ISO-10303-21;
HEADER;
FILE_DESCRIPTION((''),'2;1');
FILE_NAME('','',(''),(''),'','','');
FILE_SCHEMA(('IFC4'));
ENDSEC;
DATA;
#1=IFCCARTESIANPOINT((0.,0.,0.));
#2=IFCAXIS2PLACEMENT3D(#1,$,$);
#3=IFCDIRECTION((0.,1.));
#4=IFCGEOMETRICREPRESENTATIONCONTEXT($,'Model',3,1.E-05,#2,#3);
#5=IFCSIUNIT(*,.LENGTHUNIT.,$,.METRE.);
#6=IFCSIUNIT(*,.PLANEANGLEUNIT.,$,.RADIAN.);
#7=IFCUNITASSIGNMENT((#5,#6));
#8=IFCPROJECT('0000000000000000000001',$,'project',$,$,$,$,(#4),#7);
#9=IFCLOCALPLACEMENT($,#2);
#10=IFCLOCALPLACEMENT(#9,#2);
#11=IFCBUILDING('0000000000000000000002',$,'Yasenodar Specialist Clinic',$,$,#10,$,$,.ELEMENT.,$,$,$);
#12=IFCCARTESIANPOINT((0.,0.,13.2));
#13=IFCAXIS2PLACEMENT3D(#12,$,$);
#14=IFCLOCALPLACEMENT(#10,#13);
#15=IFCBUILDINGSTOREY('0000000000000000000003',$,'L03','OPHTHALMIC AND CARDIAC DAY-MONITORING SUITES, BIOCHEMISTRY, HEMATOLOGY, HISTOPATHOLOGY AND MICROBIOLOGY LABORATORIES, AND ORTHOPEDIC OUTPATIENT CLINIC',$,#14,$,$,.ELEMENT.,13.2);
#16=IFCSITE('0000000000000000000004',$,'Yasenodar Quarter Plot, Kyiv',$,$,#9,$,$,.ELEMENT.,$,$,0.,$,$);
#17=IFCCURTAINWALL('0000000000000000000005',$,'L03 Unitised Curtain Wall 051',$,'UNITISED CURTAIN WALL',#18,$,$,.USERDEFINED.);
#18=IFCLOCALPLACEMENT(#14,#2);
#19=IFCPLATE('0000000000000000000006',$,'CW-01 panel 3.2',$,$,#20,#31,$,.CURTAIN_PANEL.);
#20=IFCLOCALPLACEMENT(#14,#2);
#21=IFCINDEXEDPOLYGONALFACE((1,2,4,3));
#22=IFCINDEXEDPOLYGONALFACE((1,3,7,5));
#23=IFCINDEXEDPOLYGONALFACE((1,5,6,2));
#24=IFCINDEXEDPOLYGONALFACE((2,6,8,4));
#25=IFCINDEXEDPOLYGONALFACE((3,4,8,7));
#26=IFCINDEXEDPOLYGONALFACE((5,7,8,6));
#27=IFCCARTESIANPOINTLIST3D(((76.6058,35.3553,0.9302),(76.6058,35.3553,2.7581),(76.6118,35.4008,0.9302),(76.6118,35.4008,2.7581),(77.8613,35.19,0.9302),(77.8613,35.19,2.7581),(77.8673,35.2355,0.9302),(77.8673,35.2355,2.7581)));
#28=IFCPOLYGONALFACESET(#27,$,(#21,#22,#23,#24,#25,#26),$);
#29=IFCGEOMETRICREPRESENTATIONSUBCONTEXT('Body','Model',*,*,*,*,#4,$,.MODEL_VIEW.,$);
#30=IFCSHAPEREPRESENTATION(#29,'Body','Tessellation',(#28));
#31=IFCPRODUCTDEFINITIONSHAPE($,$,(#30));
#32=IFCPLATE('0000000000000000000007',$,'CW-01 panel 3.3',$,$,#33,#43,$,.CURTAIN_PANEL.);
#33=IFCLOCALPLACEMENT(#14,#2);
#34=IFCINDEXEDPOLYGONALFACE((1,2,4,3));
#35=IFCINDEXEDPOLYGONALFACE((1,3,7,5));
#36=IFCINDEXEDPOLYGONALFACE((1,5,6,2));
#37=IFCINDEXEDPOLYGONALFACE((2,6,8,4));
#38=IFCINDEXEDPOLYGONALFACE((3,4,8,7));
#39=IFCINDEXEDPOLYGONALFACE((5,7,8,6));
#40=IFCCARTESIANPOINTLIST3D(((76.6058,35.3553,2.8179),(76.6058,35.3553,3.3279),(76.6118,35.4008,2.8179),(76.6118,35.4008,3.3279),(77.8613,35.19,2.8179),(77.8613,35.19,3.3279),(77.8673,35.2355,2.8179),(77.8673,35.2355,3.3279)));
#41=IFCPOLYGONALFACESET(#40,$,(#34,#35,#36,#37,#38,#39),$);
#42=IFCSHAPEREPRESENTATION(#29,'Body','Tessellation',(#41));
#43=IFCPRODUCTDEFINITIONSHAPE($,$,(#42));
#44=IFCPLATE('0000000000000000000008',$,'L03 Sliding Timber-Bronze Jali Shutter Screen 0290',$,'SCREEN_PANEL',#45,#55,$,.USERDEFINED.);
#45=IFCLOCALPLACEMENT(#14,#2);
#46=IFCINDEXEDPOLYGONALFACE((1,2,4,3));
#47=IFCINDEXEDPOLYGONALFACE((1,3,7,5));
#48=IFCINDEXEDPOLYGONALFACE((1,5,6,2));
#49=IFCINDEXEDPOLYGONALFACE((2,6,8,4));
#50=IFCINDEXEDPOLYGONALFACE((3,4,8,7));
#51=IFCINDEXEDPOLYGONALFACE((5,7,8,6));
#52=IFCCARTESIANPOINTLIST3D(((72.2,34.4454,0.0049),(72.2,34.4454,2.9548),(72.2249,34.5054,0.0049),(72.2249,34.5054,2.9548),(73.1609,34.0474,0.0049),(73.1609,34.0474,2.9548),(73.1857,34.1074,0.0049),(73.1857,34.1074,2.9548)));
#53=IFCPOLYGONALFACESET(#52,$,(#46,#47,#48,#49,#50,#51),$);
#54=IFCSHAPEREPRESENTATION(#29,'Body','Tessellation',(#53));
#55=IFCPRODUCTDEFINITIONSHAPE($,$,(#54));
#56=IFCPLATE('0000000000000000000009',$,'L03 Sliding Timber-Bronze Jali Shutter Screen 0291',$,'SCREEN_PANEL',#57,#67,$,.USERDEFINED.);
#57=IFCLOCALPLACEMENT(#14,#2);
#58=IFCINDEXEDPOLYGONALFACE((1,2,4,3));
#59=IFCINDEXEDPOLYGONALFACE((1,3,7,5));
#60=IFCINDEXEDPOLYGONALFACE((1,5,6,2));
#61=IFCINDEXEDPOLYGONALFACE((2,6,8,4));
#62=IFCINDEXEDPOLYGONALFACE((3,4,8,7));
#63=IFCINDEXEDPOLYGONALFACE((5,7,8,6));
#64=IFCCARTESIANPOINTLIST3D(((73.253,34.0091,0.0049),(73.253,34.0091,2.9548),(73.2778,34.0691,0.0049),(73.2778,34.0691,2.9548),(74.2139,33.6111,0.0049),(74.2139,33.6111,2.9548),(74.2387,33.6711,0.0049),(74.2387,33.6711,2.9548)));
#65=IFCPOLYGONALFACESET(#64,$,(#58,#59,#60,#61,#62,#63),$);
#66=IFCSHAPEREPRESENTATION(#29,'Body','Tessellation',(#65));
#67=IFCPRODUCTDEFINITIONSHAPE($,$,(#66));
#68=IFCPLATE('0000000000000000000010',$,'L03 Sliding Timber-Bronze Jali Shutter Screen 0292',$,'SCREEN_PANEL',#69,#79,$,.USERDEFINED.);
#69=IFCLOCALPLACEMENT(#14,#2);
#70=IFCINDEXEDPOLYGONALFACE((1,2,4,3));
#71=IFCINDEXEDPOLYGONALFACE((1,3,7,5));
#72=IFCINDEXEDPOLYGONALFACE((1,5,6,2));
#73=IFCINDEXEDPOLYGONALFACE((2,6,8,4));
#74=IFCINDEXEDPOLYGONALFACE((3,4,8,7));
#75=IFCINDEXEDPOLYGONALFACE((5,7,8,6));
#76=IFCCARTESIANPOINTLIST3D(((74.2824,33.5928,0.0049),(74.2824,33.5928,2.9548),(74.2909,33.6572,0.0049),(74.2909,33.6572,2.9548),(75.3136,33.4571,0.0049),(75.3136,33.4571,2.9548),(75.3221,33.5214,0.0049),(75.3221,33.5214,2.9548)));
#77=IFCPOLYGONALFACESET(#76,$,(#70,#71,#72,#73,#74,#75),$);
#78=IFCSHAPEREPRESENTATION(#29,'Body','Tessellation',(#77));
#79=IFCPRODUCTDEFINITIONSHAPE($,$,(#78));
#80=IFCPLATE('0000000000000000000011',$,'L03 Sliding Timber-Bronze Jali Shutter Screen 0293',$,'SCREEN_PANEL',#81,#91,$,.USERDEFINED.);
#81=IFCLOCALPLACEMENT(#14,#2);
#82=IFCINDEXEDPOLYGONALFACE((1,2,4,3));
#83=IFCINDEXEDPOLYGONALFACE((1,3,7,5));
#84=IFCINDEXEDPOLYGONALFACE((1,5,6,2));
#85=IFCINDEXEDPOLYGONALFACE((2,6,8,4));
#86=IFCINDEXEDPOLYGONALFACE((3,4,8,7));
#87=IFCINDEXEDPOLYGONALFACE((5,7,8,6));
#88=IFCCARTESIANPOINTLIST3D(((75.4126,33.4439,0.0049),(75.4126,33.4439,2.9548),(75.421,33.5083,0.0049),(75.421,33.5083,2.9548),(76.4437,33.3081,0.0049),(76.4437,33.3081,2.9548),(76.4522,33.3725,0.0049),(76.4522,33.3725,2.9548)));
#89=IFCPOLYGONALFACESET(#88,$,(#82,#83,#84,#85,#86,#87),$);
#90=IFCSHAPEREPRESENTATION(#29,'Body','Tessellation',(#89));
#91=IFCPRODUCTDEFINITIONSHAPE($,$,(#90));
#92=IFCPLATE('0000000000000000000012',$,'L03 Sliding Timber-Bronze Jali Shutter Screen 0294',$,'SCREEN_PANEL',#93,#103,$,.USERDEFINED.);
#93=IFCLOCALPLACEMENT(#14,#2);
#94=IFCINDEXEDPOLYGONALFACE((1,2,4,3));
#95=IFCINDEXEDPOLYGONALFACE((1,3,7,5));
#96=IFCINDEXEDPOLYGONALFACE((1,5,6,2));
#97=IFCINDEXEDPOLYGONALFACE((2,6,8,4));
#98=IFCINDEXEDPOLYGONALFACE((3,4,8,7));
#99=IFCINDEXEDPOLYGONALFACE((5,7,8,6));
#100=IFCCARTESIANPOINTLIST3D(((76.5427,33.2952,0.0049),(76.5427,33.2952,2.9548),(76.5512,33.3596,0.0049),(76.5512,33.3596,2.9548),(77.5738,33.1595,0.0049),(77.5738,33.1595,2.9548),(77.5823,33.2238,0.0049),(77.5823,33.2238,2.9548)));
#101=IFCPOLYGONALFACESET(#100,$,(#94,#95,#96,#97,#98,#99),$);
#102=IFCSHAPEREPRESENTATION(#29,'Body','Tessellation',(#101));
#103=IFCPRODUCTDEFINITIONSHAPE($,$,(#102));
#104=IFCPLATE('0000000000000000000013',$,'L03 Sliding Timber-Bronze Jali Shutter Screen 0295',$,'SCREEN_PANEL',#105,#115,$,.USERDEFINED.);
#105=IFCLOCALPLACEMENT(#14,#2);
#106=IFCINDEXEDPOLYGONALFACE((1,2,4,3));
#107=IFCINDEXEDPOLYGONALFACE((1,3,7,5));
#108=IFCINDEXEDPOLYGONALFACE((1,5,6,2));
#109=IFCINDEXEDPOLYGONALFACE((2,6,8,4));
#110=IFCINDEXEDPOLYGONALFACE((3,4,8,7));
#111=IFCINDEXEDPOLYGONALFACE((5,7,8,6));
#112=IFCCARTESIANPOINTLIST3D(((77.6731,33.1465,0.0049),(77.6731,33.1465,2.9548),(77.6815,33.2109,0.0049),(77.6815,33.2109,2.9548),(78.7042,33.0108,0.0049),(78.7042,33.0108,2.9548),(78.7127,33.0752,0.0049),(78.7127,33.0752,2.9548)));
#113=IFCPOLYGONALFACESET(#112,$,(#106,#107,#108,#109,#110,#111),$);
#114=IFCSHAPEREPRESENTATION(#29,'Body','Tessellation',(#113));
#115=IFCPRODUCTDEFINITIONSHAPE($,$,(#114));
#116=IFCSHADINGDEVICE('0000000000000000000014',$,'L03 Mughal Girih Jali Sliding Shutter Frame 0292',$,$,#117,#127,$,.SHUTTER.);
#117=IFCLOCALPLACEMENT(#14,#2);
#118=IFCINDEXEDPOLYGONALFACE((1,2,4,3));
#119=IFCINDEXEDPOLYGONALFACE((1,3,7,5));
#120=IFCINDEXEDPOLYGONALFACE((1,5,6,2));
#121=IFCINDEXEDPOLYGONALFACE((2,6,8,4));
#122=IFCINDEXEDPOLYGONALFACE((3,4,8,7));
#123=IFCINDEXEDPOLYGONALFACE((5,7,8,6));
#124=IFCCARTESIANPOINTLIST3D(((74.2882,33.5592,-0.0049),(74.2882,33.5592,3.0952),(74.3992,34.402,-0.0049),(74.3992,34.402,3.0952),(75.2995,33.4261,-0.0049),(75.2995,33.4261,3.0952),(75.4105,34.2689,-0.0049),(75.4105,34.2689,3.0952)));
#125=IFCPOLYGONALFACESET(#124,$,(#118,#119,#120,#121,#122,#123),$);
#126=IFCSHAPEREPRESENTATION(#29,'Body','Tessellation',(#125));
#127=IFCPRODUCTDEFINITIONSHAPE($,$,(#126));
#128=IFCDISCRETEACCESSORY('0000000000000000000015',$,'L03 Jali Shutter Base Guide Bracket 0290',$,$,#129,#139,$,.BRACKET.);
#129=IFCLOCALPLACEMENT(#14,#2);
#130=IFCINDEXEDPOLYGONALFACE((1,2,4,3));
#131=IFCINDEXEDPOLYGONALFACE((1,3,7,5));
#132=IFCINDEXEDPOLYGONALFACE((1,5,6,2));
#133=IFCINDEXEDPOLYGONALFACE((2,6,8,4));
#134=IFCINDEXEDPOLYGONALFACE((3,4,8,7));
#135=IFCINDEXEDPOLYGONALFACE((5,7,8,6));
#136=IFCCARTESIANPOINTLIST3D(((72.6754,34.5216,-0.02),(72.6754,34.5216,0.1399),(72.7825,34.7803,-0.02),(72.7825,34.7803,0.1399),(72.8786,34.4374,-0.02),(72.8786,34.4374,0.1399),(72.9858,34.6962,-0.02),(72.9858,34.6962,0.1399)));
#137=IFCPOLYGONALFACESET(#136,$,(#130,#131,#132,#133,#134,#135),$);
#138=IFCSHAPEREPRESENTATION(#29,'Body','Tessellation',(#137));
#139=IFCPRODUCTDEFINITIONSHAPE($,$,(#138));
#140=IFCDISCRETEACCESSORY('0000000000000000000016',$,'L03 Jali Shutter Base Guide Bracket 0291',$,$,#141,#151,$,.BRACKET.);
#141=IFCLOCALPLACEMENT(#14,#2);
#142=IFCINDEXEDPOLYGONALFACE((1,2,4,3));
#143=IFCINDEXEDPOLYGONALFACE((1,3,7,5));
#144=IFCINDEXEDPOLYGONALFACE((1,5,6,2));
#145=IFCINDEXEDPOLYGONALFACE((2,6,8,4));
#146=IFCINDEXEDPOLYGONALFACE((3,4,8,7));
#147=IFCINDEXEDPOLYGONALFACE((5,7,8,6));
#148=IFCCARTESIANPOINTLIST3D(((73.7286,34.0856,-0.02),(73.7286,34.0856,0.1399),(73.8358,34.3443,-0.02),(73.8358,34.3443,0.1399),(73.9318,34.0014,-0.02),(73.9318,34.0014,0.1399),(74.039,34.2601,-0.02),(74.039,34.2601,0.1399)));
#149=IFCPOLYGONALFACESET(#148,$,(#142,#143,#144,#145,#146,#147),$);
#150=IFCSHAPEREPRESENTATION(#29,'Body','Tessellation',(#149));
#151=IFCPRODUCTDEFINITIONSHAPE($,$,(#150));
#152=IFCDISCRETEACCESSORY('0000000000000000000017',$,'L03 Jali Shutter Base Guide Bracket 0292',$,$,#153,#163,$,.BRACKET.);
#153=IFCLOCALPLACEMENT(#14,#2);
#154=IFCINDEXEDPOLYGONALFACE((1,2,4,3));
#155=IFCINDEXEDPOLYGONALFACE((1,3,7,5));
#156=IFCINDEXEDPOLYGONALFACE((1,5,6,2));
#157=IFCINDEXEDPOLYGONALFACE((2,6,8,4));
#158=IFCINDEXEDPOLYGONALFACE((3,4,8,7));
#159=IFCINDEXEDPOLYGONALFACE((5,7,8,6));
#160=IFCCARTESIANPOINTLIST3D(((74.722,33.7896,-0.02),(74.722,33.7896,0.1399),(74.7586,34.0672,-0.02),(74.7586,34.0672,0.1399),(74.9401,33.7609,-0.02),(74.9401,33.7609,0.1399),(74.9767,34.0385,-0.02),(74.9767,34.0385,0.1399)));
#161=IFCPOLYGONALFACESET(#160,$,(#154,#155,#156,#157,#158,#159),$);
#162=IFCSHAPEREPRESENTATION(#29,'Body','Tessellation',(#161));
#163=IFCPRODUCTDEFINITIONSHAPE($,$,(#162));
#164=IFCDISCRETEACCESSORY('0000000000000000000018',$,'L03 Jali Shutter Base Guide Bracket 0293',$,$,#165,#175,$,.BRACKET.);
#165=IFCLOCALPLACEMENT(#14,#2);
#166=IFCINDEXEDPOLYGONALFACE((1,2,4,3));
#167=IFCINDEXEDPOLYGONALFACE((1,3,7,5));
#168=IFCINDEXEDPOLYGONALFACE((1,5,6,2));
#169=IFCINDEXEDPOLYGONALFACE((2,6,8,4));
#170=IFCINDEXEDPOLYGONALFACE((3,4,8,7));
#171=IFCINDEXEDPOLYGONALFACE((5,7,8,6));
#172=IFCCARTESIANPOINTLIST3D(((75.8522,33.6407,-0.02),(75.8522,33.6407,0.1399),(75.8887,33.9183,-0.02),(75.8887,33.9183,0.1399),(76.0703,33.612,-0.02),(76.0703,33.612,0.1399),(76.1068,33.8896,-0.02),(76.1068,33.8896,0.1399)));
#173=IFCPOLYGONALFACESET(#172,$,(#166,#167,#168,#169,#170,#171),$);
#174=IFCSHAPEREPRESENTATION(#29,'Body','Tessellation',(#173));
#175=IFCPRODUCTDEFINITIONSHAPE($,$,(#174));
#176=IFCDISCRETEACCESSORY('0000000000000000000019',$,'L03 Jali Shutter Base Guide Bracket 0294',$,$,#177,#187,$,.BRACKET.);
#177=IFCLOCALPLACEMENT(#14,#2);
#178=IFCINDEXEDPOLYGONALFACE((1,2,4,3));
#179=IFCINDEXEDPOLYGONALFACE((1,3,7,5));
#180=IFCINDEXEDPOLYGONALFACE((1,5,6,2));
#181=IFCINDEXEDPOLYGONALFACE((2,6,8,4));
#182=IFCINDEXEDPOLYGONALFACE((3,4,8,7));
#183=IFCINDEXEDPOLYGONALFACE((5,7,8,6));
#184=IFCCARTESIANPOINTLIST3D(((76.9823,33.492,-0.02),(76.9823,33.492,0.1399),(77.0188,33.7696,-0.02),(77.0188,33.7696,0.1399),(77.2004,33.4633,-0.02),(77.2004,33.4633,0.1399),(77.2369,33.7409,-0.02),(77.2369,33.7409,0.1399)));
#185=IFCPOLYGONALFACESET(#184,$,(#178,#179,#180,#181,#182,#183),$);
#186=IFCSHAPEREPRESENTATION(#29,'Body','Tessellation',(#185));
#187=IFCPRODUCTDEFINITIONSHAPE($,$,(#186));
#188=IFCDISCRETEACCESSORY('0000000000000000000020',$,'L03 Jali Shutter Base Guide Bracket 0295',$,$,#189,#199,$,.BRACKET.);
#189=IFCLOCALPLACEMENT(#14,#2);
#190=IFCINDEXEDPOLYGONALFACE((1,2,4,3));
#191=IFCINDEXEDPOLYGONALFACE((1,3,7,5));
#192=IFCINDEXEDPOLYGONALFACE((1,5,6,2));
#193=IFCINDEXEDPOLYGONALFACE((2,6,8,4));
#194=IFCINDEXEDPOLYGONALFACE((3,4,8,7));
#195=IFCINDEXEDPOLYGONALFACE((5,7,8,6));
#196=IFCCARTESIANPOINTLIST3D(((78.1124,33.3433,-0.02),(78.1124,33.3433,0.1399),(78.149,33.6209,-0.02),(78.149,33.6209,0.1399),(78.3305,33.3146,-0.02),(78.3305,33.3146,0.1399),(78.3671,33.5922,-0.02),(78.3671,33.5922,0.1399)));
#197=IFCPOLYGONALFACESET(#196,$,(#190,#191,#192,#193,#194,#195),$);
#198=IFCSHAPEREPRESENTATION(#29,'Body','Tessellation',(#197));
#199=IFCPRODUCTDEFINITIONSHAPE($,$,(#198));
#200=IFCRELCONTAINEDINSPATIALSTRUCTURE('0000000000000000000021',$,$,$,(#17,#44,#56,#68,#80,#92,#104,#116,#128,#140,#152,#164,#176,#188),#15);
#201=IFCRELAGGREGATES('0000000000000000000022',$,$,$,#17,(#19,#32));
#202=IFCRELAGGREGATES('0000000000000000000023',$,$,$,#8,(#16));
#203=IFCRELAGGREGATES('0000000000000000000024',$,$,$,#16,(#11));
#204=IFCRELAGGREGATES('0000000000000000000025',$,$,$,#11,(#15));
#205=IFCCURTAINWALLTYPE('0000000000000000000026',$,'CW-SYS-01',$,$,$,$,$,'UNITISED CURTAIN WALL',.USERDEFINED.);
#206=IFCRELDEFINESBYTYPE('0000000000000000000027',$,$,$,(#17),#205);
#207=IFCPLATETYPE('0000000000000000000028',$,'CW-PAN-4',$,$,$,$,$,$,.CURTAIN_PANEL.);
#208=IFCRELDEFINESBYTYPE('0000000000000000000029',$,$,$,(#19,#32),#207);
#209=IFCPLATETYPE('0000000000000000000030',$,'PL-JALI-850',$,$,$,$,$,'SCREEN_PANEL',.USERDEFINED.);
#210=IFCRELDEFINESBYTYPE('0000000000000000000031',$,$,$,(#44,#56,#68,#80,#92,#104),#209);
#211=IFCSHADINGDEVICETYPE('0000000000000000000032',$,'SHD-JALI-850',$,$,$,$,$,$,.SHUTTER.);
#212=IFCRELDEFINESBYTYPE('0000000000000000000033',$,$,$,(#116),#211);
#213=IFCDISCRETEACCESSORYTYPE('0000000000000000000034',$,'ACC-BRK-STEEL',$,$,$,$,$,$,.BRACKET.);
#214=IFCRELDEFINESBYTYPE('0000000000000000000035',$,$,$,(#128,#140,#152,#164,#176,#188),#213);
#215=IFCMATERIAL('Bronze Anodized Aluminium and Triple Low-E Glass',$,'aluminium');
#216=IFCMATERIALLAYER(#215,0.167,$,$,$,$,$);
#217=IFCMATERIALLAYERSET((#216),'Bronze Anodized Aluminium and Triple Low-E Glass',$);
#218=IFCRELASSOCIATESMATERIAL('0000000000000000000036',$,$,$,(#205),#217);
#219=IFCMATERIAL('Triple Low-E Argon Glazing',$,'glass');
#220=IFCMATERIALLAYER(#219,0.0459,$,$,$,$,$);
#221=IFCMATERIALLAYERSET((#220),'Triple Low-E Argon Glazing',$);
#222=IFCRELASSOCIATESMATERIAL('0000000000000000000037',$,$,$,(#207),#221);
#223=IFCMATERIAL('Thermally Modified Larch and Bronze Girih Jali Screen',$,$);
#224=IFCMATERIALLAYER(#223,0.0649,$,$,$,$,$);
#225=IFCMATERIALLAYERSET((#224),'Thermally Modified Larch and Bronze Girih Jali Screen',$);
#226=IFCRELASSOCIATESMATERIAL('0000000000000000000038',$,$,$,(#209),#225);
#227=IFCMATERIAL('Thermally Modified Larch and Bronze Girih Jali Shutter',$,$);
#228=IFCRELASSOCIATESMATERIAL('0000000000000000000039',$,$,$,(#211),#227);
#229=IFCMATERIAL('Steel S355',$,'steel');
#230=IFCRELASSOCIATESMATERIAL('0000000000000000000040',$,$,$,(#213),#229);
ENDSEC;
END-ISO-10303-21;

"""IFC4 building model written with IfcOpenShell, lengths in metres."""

from ifc_helpers import new_model, si_unit, direction, frame, origin, origin_2d, place, context, subcontext, project, spatial, rectangle, extrude, material, layer, layer_set, type_object, element, aggregate, save


model = new_model("IFC4")

# Units and contexts
model_context = context("Model", 3, precision=1e-05, world=origin(), true_north=direction((0.0, 1.0)))
body_context = subcontext(model_context, "Body", "Model", "MODEL_VIEW")
ifc_project = project(units=[si_unit("LENGTHUNIT", "METRE"), si_unit("PLANEANGLEUNIT", "RADIAN")], contexts=[model_context])

# Site, building, storey
site_placement = place(None, origin())
site = spatial("IfcSite", under=ifc_project, at=site_placement, Name="Yasenodar Quarter Plot, Kyiv", CompositionType="ELEMENT", RefElevation=0.0)
building_placement = place(site_placement, origin())
building = spatial("IfcBuilding", under=site, at=building_placement, Name="Yasenodar Specialist Clinic", CompositionType="ELEMENT")
storey_placement = place(building_placement, frame((0.0, 0.0, 13.2)))
storey = spatial("IfcBuildingStorey", under=building, at=storey_placement, Name="L03", Description="OPHTHALMIC AND CARDIAC DAY-MONITORING SUITES, BIOCHEMISTRY, HEMATOLOGY, HISTOPATHOLOGY AND MICROBIOLOGY LABORATORIES, AND ORTHOPEDIC OUTPATIENT CLINIC", CompositionType="ELEMENT", Elevation=13.2)

# Curtain wall, plates
ifc_material_1 = material(Name="Bronze Anodized Aluminium and Triple Low-E Glass", Category="aluminium")
ifc_layer_1 = layer(ifc_material_1, 0.167)
ifc_layer_set_1 = layer_set([ifc_layer_1], Name="Bronze Anodized Aluminium and Triple Low-E Glass")
curtain_wall_type = type_object("IfcCurtainWallType", Name="CW-SYS-01", ElementType="UNITISED CURTAIN WALL", PredefinedType="USERDEFINED", material=ifc_layer_set_1)
curtain_wall_placement = place(storey_placement, origin())
curtain_wall = element("IfcCurtainWall", 1, at=curtain_wall_placement, inside=storey, type_object=curtain_wall_type, Name="L03 Unitised Curtain Wall 051", ObjectType="UNITISED CURTAIN WALL", PredefinedType="USERDEFINED")
ifc_material_2 = material(Name="Triple Low-E Argon Glazing", Category="glass")
ifc_layer_2 = layer(ifc_material_2, 0.0459)
ifc_layer_set_2 = layer_set([ifc_layer_2], Name="Triple Low-E Argon Glazing")
plate_type_1 = type_object("IfcPlateType", Name="CW-PAN-4", PredefinedType="CURTAIN_PANEL", material=ifc_layer_set_2)
plate_1_placement = place(storey_placement, frame((77.2366, 35.2954, 0.9302), z_axis=(0.0, 0.0, 1.0), x_axis=(-0.991447, 0.130512, 0.0)))
plate_1 = element("IfcPlate", 2, at=plate_1_placement, type_object=plate_type_1, Name="CW-01 panel 3.2", PredefinedType="CURTAIN_PANEL", context=body_context, shape_type="SweptSolid", body=[
    extrude(rectangle(XDim=1.2664, YDim=0.0459, at=origin_2d()), origin(), (0.0, 0.0, 1.0), 1.8279),
])
plate_2_placement = place(storey_placement, frame((77.2366, 35.2954, 2.8179), z_axis=(0.0, 0.0, 1.0), x_axis=(-0.991447, 0.130512, 0.0)))
plate_2 = element("IfcPlate", 3, at=plate_2_placement, type_object=plate_type_1, Name="CW-01 panel 3.3", PredefinedType="CURTAIN_PANEL", context=body_context, shape_type="SweptSolid", body=[
    extrude(rectangle(XDim=1.2664, YDim=0.0459, at=origin_2d()), origin(), (0.0, 0.0, 1.0), 0.51),
])
aggregate(curtain_wall, [plate_1, plate_2])

# Plates
ifc_material_3 = material(Name="Thermally Modified Larch and Bronze Girih Jali Screen")
ifc_layer_3 = layer(ifc_material_3, 0.0649)
ifc_layer_set_3 = layer_set([ifc_layer_3], Name="Thermally Modified Larch and Bronze Girih Jali Screen")
plate_type_2 = type_object("IfcPlateType", Name="PL-JALI-850", ElementType="SCREEN_PANEL", PredefinedType="USERDEFINED", material=ifc_layer_set_3)
for number, where, z_axis, x_axis, name in (
    (4, (72.6929, 34.2764, 0.0049), (0.0, 0.0, 1.0), (0.923878, -0.382687, 0.0), "L03 Sliding Timber-Bronze Jali Shutter Screen 0290"),
    (5, (73.7458, 33.8401, 0.0049), (0.0, 0.0, 1.0), (0.923878, -0.382687, 0.0), "L03 Sliding Timber-Bronze Jali Shutter Screen 0291"),
    (6, (74.8022, 33.5571, 0.0049), (0.0, 0.0, 1.0), (0.991446, -0.130519, 0.0), "L03 Sliding Timber-Bronze Jali Shutter Screen 0292"),
    (7, (75.9324, 33.4082, 0.0049), (0.0, 0.0, 1.0), (0.991446, -0.130519, 0.0), "L03 Sliding Timber-Bronze Jali Shutter Screen 0293"),
    (8, (77.0625, 33.2595, 0.0049), (0.0, 0.0, 1.0), (0.991446, -0.130519, 0.0), "L03 Sliding Timber-Bronze Jali Shutter Screen 0294"),
    (9, (78.1929, 33.1108, 0.0049), (0.0, 0.0, 1.0), (0.991446, -0.130519, 0.0), "L03 Sliding Timber-Bronze Jali Shutter Screen 0295"),
):
    element("IfcPlate", number, at=place(storey_placement, frame(where, z_axis=z_axis, x_axis=x_axis)), inside=storey, type_object=plate_type_2, Name=name, ObjectType="SCREEN_PANEL", PredefinedType="USERDEFINED", context=body_context, shape_type="SweptSolid", body=[
        extrude(rectangle(XDim=1.04, YDim=0.0649, at=origin_2d()), origin(), (0.0, 0.0, 1.0), 2.95),
    ])

# Shading device
ifc_material_4 = material(Name="Thermally Modified Larch and Bronze Girih Jali Shutter")
shading_device_type = type_object("IfcShadingDeviceType", Name="SHD-JALI-850", PredefinedType="SHUTTER", material=ifc_material_4)
shading_device_placement = place(storey_placement, frame((74.8494, 33.9141, -0.0049), z_axis=(0.0, 0.0, 1.0), x_axis=(0.991446, -0.130519, 0.0)))
element("IfcShadingDevice", 10, at=shading_device_placement, inside=storey, type_object=shading_device_type, Name="L03 Mughal Girih Jali Sliding Shutter Frame 0292", PredefinedType="SHUTTER", context=body_context, shape_type="SweptSolid", body=[
    extrude(rectangle(XDim=1.02, YDim=0.8501, at=origin_2d()), origin(), (0.0, 0.0, 1.0), 3.1001),
])

# Discrete accessories
ifc_material_5 = material(Name="Steel S355", Category="steel")
discrete_accessory_type = type_object("IfcDiscreteAccessoryType", Name="ACC-BRK-STEEL", PredefinedType="BRACKET", material=ifc_material_5)
for number, where, z_axis, x_axis, name in (
    (11, (72.8306, 34.6089, -0.02), (0.0, 0.0, 1.0), (0.923878, -0.382687, 0.0), "L03 Jali Shutter Base Guide Bracket 0290"),
    (12, (73.8838, 34.1729, -0.02), (0.0, 0.0, 1.0), (0.923878, -0.382687, 0.0), "L03 Jali Shutter Base Guide Bracket 0291"),
    (13, (74.8494, 33.9141, -0.02), (0.0, 0.0, 1.0), (0.991446, -0.130519, 0.0), "L03 Jali Shutter Base Guide Bracket 0292"),
    (14, (75.9795, 33.7651, -0.02), (0.0, 0.0, 1.0), (0.991446, -0.130519, 0.0), "L03 Jali Shutter Base Guide Bracket 0293"),
    (15, (77.1096, 33.6165, -0.02), (0.0, 0.0, 1.0), (0.991446, -0.130519, 0.0), "L03 Jali Shutter Base Guide Bracket 0294"),
    (16, (78.2397, 33.4678, -0.02), (0.0, 0.0, 1.0), (0.991446, -0.130519, 0.0), "L03 Jali Shutter Base Guide Bracket 0295"),
):
    element("IfcDiscreteAccessory", number, at=place(storey_placement, frame(where, z_axis=z_axis, x_axis=x_axis)), inside=storey, type_object=discrete_accessory_type, Name=name, PredefinedType="BRACKET", context=body_context, shape_type="SweptSolid", body=[
        extrude(rectangle(XDim=0.22, YDim=0.28, at=origin_2d()), origin(), (0.0, 0.0, 1.0), 0.1599),
    ])

save(model, "model.ifc")
